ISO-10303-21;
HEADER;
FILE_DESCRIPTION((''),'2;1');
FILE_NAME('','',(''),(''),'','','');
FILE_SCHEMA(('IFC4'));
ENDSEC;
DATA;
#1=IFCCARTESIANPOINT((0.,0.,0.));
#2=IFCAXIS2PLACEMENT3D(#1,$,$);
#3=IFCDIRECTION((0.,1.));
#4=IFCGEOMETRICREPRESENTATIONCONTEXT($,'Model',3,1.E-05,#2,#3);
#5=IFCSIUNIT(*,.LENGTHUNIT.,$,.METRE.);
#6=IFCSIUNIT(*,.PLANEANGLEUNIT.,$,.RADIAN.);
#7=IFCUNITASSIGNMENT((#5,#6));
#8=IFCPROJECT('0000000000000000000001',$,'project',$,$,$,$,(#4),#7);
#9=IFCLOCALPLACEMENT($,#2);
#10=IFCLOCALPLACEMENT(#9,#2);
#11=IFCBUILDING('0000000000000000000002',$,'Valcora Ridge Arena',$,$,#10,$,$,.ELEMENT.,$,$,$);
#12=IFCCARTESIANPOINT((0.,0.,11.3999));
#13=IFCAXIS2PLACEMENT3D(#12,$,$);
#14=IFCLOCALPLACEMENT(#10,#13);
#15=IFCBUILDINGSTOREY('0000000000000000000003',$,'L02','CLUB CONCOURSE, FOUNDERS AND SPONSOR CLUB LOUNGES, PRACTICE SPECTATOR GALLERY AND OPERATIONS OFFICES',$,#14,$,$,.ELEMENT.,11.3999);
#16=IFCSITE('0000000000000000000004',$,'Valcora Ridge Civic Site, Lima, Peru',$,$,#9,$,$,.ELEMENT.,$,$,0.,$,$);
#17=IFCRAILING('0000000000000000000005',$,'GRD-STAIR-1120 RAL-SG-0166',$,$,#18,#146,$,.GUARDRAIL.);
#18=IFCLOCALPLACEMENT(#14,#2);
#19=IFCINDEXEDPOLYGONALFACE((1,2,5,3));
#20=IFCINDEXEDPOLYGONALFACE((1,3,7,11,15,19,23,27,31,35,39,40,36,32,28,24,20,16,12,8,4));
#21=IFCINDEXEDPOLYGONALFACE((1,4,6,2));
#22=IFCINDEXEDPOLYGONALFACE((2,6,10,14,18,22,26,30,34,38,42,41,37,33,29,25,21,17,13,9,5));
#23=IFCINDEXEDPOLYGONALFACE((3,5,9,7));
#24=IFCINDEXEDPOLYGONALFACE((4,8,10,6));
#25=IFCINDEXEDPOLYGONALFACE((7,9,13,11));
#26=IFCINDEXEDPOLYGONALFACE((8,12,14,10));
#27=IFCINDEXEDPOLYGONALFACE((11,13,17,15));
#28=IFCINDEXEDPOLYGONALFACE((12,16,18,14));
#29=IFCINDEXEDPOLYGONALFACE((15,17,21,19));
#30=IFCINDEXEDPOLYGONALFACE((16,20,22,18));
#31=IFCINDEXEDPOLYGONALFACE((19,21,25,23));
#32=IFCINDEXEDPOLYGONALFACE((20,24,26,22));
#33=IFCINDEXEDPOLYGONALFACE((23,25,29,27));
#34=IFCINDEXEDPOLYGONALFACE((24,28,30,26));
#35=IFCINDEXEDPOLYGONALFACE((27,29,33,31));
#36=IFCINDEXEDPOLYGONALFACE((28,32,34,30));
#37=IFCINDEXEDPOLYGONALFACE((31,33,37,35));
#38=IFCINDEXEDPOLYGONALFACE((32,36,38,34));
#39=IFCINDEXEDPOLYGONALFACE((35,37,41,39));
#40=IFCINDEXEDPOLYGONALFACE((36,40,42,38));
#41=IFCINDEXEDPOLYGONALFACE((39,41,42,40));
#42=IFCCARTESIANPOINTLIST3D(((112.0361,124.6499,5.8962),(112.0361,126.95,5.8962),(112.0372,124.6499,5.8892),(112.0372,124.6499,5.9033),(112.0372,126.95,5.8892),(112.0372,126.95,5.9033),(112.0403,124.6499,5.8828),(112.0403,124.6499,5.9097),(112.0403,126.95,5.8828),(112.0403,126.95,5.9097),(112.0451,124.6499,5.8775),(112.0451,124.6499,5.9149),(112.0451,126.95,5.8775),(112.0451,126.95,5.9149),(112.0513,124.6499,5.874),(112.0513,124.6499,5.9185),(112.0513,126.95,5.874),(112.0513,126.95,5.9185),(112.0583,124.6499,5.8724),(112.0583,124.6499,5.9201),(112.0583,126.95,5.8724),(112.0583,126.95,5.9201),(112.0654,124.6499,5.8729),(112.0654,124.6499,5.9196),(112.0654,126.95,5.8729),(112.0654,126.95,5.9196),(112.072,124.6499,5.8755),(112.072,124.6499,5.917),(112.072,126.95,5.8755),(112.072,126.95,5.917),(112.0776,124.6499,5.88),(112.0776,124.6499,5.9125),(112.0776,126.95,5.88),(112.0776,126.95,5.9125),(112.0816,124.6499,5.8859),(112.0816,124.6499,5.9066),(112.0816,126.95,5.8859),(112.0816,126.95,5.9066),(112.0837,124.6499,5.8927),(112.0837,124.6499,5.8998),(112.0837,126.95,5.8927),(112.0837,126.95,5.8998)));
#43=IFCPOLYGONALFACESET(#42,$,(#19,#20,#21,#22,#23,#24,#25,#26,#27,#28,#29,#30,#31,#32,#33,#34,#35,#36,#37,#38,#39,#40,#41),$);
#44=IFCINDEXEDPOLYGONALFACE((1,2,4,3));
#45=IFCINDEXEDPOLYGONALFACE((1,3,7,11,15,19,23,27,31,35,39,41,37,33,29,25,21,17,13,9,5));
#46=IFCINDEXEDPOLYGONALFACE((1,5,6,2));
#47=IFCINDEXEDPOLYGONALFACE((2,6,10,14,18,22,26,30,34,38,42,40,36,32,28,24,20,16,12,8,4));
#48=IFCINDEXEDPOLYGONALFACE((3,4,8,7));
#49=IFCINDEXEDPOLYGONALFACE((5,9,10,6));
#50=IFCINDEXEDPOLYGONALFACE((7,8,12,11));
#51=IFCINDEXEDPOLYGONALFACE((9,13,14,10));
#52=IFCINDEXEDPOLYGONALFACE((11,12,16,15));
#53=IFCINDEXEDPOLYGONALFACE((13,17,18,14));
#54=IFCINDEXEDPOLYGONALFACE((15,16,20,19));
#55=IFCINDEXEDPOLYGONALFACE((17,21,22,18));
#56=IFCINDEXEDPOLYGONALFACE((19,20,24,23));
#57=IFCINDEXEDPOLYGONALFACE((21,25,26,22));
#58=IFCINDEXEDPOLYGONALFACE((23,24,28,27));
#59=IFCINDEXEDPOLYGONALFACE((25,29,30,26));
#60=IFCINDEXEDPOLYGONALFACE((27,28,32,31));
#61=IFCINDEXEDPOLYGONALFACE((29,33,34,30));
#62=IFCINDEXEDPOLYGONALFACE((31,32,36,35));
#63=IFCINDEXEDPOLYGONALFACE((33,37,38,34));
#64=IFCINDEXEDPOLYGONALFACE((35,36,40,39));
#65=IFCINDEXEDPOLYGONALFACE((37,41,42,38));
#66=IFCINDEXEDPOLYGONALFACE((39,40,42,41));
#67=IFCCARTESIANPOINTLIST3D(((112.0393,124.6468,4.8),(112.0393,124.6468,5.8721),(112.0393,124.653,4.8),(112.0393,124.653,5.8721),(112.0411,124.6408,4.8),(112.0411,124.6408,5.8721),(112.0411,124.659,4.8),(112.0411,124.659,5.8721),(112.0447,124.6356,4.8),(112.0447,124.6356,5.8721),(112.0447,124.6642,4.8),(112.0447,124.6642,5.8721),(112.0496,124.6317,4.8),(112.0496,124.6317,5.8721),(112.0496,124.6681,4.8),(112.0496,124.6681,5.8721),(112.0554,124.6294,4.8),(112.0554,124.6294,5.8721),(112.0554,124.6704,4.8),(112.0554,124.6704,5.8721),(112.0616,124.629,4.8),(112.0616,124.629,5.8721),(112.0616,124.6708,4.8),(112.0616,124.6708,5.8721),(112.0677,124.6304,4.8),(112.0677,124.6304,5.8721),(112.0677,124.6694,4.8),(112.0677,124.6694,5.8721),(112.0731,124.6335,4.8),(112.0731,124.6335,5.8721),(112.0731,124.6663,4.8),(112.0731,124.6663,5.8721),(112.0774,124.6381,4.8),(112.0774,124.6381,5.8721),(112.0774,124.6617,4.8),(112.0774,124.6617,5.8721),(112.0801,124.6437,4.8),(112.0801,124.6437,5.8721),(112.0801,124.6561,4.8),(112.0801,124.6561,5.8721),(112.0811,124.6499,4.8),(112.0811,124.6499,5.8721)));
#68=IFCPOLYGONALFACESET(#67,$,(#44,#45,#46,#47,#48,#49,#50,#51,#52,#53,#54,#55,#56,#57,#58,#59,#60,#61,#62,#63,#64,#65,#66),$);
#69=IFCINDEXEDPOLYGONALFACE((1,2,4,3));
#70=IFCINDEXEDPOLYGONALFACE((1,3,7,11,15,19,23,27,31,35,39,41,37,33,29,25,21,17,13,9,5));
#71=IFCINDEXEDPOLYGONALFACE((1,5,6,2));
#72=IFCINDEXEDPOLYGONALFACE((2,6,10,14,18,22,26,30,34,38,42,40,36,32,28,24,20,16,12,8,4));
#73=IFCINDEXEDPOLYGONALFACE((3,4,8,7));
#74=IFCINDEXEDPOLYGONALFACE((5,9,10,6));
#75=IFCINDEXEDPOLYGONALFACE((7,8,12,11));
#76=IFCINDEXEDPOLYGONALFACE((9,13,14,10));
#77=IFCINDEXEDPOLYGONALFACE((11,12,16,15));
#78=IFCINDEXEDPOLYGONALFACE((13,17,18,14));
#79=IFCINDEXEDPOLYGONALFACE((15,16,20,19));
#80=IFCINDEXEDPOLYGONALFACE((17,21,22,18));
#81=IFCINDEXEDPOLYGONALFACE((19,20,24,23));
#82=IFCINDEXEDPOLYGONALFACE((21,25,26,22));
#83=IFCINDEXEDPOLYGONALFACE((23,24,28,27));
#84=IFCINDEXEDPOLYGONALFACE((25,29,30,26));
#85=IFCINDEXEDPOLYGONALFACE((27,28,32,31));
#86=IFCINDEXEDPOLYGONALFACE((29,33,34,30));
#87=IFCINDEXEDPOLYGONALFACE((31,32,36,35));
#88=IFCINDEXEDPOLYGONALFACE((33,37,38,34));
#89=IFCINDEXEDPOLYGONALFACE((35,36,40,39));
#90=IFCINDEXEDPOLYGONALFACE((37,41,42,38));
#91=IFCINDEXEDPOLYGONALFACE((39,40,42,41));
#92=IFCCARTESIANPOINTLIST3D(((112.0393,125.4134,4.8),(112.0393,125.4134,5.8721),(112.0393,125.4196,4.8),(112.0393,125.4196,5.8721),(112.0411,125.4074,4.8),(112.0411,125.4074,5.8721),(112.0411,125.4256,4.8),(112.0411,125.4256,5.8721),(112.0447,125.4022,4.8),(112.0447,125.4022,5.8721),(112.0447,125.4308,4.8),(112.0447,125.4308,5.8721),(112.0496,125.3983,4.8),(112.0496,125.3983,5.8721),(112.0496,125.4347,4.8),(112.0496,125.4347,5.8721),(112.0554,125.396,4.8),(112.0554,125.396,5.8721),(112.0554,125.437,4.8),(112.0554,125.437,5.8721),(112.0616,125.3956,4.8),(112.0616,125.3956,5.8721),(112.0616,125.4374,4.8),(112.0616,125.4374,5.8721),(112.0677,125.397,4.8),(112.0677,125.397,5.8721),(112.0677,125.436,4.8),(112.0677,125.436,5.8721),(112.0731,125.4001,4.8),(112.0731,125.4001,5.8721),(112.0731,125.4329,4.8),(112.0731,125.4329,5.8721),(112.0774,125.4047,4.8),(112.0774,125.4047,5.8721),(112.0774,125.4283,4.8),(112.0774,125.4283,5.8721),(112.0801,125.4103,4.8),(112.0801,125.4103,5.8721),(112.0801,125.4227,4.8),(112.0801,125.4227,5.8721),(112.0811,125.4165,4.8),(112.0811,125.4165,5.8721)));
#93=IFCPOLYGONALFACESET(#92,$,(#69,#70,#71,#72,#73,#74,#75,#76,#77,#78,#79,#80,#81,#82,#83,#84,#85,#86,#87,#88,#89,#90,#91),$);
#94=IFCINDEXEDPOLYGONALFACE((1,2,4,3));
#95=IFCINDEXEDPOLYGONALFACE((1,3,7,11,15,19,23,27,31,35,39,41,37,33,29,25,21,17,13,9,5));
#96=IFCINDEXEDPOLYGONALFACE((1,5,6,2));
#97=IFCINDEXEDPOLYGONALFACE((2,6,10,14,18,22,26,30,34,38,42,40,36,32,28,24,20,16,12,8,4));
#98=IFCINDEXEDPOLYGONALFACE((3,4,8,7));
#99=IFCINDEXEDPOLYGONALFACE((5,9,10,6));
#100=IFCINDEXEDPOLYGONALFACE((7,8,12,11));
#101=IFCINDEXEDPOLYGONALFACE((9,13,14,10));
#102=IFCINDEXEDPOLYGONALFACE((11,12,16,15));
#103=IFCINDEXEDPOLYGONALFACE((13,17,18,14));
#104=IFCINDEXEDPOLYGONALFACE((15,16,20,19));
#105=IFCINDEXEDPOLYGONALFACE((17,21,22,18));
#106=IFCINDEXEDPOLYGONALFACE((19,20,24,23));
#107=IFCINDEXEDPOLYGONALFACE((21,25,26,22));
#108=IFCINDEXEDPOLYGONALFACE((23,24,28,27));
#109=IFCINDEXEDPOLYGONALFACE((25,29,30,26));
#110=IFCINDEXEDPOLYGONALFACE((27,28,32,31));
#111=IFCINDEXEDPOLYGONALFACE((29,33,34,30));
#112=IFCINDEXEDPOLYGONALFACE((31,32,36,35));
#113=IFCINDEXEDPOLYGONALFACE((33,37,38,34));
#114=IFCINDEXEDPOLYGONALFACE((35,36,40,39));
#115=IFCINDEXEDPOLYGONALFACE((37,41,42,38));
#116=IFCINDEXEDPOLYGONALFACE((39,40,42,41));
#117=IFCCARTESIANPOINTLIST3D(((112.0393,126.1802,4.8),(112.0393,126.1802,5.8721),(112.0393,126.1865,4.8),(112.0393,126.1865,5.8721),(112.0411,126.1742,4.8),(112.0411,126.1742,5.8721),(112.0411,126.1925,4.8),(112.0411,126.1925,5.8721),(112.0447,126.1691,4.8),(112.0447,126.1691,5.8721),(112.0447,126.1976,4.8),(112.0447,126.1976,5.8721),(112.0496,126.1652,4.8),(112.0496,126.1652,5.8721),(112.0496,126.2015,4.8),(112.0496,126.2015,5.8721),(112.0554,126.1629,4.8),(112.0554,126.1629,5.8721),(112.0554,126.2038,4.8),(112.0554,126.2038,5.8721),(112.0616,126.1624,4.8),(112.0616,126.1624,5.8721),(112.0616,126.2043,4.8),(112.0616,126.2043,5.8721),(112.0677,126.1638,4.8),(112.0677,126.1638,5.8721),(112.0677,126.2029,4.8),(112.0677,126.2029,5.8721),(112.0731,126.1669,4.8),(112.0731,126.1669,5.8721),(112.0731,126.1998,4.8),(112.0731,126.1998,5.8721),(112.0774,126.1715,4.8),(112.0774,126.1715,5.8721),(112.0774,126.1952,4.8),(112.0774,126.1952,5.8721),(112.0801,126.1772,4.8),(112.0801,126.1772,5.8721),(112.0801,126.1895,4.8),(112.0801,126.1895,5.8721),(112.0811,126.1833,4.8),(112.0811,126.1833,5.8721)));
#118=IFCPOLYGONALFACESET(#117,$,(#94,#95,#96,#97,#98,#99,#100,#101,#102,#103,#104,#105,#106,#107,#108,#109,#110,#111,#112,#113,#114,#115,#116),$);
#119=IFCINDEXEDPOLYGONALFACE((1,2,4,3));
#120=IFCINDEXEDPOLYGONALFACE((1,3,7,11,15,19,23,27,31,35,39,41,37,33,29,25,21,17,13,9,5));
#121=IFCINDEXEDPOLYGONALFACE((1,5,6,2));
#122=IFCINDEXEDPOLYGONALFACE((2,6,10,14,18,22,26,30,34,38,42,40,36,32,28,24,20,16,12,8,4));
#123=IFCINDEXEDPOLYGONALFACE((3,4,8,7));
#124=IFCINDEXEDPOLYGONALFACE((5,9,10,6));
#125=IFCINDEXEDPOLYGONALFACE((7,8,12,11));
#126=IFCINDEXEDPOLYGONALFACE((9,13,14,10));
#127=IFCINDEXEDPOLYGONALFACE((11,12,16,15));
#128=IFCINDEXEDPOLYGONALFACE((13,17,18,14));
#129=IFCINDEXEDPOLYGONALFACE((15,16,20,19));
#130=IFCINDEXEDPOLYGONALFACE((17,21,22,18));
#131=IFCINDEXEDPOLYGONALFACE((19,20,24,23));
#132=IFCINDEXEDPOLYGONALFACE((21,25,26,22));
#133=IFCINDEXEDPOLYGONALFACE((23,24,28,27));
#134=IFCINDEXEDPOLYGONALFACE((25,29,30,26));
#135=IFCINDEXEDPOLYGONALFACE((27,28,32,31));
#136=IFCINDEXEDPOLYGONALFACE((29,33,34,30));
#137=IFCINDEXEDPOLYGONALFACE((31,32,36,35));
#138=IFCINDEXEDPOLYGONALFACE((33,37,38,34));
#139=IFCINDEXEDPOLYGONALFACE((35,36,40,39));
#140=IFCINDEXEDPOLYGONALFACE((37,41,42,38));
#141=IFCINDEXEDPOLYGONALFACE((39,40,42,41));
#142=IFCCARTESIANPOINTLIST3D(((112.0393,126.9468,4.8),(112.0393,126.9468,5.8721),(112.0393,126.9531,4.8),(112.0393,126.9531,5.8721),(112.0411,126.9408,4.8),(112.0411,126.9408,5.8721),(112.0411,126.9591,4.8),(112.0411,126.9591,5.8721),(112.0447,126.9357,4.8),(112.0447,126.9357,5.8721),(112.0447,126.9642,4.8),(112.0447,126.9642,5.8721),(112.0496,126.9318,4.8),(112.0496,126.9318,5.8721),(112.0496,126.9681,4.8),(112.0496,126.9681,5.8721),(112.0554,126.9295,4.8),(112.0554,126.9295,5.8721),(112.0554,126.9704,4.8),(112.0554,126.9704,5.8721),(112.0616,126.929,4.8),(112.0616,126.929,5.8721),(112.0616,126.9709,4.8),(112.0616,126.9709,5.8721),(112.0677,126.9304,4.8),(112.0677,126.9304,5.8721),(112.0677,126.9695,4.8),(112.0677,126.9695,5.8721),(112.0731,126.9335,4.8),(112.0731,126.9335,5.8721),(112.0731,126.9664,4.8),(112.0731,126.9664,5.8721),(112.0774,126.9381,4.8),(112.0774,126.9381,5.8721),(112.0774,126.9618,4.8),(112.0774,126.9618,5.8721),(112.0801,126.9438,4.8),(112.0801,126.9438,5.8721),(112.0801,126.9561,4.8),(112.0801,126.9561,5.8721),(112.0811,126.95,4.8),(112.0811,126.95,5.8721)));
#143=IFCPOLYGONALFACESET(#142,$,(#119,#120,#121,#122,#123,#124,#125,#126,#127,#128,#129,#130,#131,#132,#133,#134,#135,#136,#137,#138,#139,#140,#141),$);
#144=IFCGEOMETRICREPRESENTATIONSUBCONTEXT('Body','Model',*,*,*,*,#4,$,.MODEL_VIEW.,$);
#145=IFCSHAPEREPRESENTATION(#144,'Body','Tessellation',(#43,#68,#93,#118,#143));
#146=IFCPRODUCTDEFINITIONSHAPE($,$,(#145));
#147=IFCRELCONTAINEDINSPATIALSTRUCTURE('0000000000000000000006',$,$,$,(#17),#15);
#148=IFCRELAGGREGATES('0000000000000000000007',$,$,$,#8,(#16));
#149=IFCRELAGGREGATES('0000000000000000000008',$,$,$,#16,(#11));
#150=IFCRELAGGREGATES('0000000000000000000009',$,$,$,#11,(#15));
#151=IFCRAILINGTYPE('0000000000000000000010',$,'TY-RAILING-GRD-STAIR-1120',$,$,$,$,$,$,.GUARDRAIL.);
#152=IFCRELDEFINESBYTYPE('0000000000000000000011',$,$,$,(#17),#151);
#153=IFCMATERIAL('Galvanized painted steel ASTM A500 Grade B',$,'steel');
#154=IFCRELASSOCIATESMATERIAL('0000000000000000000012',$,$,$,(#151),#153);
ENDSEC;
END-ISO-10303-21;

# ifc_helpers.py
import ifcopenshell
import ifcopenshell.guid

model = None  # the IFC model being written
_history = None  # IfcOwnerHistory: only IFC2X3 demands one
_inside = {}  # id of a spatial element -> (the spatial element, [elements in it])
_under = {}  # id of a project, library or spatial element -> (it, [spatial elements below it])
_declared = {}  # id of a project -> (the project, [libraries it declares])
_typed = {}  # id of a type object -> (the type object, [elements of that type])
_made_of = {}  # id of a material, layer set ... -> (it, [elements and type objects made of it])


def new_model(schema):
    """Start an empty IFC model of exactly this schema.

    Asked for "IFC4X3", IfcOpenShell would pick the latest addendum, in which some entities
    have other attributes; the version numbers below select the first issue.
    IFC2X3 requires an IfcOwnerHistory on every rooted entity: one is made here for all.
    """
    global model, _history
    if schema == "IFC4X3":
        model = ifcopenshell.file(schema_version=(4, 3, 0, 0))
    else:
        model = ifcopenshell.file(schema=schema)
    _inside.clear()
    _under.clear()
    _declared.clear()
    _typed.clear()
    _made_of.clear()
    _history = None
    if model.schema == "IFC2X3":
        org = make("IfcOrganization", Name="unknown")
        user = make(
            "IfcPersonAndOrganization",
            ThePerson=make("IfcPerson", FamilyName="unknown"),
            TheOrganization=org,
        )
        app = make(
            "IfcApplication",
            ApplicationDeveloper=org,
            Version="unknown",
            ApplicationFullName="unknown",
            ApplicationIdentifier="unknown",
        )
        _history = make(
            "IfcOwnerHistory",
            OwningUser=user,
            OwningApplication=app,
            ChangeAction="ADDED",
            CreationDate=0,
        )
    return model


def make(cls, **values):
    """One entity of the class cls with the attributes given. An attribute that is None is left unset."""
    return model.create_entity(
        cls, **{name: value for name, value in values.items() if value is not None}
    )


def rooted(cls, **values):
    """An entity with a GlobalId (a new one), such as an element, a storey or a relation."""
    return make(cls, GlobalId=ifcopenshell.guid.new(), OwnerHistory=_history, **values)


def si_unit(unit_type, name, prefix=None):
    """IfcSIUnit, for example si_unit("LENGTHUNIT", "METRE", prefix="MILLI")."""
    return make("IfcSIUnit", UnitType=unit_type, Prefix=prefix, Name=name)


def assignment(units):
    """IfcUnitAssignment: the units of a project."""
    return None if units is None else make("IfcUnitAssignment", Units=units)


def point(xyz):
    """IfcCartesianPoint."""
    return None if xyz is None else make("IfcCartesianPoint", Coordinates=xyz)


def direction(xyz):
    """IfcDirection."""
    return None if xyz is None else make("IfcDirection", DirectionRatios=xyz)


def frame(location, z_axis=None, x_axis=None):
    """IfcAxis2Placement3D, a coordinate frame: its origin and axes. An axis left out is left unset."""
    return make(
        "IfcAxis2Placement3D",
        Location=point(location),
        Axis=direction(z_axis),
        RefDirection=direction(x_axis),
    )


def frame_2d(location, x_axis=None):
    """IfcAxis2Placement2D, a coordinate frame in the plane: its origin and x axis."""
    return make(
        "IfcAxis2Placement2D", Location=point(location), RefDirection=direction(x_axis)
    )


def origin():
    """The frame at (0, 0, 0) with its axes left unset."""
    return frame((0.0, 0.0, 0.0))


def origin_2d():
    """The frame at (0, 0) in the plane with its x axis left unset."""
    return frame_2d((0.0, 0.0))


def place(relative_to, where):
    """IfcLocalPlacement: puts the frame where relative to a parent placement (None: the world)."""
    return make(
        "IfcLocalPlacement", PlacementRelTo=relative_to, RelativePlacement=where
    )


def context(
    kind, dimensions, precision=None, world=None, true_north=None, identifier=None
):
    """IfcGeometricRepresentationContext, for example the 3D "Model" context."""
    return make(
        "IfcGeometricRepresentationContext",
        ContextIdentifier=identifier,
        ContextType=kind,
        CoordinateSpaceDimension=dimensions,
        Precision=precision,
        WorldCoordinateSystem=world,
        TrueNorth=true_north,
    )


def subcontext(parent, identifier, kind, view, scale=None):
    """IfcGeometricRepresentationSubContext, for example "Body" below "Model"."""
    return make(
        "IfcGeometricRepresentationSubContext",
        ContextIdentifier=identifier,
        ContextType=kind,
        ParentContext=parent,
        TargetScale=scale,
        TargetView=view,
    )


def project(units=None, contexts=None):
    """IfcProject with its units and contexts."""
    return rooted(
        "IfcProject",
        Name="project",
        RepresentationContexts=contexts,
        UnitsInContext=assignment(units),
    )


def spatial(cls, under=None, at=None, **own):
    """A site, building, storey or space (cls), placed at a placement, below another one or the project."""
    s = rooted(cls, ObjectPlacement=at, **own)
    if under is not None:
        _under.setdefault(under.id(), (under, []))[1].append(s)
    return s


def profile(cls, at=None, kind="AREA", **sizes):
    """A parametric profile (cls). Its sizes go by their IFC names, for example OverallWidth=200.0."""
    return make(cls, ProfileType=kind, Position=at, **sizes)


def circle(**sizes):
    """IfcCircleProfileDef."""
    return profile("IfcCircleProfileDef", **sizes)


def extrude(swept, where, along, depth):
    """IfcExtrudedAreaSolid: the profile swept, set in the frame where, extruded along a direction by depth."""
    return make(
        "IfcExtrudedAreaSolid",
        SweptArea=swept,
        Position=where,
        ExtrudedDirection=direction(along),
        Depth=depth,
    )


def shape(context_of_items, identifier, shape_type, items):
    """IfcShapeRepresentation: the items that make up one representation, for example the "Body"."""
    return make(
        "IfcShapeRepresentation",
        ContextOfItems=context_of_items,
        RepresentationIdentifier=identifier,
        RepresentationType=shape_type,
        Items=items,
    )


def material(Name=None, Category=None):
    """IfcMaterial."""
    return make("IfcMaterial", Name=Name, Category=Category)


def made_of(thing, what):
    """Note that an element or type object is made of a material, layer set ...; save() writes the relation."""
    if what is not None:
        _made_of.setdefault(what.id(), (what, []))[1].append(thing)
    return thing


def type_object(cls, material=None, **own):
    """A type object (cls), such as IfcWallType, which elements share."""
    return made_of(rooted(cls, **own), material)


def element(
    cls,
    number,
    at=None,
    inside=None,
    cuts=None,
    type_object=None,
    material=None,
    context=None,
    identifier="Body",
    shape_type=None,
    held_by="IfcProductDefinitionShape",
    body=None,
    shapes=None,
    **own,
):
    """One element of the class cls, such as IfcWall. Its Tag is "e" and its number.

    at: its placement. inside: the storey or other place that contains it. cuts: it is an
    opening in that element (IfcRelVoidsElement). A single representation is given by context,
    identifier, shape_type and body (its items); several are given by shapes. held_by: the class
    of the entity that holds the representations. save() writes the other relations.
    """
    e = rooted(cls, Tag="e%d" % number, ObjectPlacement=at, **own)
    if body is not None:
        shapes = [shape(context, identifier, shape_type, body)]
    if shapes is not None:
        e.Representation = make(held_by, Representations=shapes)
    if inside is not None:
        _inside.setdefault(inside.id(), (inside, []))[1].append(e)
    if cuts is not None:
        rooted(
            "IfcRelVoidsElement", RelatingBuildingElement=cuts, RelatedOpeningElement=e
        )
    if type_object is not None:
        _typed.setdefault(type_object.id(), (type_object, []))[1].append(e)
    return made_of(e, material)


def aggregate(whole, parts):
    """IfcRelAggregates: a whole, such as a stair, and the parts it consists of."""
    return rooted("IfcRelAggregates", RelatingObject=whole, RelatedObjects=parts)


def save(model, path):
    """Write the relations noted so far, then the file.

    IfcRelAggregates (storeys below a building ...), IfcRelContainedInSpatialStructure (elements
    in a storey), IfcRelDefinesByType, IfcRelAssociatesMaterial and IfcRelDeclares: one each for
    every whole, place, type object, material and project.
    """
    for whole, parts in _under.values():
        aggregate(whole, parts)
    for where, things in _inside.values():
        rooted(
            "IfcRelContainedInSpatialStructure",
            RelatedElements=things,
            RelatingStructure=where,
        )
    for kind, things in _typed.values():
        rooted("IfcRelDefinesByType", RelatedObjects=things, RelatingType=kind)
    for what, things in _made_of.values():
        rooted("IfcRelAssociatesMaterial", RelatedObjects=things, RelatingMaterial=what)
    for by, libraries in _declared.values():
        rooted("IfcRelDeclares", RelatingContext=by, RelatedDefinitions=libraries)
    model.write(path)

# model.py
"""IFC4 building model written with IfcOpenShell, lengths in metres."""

from ifc_helpers import new_model, si_unit, direction, frame, origin, origin_2d, place, context, subcontext, project, spatial, circle, extrude, material, type_object, element, save


model = new_model("IFC4")

# Units and contexts
model_context = context("Model", 3, precision=1e-05, world=origin(), true_north=direction((0.0, 1.0)))
body_context = subcontext(model_context, "Body", "Model", "MODEL_VIEW")
ifc_project = project(units=[si_unit("LENGTHUNIT", "METRE"), si_unit("PLANEANGLEUNIT", "RADIAN")], contexts=[model_context])

# Site, building, storey
site_placement = place(None, origin())
site = spatial("IfcSite", under=ifc_project, at=site_placement, Name="Valcora Ridge Civic Site, Lima, Peru", CompositionType="ELEMENT", RefElevation=0.0)
building_placement = place(site_placement, origin())
building = spatial("IfcBuilding", under=site, at=building_placement, Name="Valcora Ridge Arena", CompositionType="ELEMENT")
storey_placement = place(building_placement, frame((0.0, 0.0, 11.3999)))
storey = spatial("IfcBuildingStorey", under=building, at=storey_placement, Name="L02", Description="CLUB CONCOURSE, FOUNDERS AND SPONSOR CLUB LOUNGES, PRACTICE SPECTATOR GALLERY AND OPERATIONS OFFICES", CompositionType="ELEMENT", Elevation=11.3999)

# Railing
ifc_material_1 = material(Name="Galvanized painted steel ASTM A500 Grade B", Category="steel")
railing_type_1 = type_object("IfcRailingType", Name="TY-RAILING-GRD-STAIR-1120", PredefinedType="GUARDRAIL", material=ifc_material_1)
railing_1_placement = place(storey_placement, frame((112.0601, 124.6499, 4.8)))
element("IfcRailing", 1, at=railing_1_placement, inside=storey, type_object=railing_type_1, Name="GRD-STAIR-1120 RAL-SG-0166", PredefinedType="GUARDRAIL", context=body_context, shape_type="SweptSolid", body=[
    extrude(circle(Radius=0.0239, at=origin_2d()), frame((0.0, 0.0, 1.0962), z_axis=(0.0, 1.0, 0.0), x_axis=(-1.0, 0.0, 0.0)), (0.0, 0.0, 1.0), 2.3),
    extrude(circle(Radius=0.021, at=origin_2d()), origin(), (0.0, 0.0, 1.0), 1.072),
    extrude(circle(Radius=0.021, at=origin_2d()), frame((0.0, 0.7666, 0.0)), (0.0, 0.0, 1.0), 1.072),
    extrude(circle(Radius=0.021, at=origin_2d()), frame((0.0, 1.5334, 0.0)), (0.0, 0.0, 1.0), 1.072),
    extrude(circle(Radius=0.021, at=origin_2d()), frame((0.0, 2.3, 0.0)), (0.0, 0.0, 1.0), 1.072),
])

save(model, "model.ifc")
